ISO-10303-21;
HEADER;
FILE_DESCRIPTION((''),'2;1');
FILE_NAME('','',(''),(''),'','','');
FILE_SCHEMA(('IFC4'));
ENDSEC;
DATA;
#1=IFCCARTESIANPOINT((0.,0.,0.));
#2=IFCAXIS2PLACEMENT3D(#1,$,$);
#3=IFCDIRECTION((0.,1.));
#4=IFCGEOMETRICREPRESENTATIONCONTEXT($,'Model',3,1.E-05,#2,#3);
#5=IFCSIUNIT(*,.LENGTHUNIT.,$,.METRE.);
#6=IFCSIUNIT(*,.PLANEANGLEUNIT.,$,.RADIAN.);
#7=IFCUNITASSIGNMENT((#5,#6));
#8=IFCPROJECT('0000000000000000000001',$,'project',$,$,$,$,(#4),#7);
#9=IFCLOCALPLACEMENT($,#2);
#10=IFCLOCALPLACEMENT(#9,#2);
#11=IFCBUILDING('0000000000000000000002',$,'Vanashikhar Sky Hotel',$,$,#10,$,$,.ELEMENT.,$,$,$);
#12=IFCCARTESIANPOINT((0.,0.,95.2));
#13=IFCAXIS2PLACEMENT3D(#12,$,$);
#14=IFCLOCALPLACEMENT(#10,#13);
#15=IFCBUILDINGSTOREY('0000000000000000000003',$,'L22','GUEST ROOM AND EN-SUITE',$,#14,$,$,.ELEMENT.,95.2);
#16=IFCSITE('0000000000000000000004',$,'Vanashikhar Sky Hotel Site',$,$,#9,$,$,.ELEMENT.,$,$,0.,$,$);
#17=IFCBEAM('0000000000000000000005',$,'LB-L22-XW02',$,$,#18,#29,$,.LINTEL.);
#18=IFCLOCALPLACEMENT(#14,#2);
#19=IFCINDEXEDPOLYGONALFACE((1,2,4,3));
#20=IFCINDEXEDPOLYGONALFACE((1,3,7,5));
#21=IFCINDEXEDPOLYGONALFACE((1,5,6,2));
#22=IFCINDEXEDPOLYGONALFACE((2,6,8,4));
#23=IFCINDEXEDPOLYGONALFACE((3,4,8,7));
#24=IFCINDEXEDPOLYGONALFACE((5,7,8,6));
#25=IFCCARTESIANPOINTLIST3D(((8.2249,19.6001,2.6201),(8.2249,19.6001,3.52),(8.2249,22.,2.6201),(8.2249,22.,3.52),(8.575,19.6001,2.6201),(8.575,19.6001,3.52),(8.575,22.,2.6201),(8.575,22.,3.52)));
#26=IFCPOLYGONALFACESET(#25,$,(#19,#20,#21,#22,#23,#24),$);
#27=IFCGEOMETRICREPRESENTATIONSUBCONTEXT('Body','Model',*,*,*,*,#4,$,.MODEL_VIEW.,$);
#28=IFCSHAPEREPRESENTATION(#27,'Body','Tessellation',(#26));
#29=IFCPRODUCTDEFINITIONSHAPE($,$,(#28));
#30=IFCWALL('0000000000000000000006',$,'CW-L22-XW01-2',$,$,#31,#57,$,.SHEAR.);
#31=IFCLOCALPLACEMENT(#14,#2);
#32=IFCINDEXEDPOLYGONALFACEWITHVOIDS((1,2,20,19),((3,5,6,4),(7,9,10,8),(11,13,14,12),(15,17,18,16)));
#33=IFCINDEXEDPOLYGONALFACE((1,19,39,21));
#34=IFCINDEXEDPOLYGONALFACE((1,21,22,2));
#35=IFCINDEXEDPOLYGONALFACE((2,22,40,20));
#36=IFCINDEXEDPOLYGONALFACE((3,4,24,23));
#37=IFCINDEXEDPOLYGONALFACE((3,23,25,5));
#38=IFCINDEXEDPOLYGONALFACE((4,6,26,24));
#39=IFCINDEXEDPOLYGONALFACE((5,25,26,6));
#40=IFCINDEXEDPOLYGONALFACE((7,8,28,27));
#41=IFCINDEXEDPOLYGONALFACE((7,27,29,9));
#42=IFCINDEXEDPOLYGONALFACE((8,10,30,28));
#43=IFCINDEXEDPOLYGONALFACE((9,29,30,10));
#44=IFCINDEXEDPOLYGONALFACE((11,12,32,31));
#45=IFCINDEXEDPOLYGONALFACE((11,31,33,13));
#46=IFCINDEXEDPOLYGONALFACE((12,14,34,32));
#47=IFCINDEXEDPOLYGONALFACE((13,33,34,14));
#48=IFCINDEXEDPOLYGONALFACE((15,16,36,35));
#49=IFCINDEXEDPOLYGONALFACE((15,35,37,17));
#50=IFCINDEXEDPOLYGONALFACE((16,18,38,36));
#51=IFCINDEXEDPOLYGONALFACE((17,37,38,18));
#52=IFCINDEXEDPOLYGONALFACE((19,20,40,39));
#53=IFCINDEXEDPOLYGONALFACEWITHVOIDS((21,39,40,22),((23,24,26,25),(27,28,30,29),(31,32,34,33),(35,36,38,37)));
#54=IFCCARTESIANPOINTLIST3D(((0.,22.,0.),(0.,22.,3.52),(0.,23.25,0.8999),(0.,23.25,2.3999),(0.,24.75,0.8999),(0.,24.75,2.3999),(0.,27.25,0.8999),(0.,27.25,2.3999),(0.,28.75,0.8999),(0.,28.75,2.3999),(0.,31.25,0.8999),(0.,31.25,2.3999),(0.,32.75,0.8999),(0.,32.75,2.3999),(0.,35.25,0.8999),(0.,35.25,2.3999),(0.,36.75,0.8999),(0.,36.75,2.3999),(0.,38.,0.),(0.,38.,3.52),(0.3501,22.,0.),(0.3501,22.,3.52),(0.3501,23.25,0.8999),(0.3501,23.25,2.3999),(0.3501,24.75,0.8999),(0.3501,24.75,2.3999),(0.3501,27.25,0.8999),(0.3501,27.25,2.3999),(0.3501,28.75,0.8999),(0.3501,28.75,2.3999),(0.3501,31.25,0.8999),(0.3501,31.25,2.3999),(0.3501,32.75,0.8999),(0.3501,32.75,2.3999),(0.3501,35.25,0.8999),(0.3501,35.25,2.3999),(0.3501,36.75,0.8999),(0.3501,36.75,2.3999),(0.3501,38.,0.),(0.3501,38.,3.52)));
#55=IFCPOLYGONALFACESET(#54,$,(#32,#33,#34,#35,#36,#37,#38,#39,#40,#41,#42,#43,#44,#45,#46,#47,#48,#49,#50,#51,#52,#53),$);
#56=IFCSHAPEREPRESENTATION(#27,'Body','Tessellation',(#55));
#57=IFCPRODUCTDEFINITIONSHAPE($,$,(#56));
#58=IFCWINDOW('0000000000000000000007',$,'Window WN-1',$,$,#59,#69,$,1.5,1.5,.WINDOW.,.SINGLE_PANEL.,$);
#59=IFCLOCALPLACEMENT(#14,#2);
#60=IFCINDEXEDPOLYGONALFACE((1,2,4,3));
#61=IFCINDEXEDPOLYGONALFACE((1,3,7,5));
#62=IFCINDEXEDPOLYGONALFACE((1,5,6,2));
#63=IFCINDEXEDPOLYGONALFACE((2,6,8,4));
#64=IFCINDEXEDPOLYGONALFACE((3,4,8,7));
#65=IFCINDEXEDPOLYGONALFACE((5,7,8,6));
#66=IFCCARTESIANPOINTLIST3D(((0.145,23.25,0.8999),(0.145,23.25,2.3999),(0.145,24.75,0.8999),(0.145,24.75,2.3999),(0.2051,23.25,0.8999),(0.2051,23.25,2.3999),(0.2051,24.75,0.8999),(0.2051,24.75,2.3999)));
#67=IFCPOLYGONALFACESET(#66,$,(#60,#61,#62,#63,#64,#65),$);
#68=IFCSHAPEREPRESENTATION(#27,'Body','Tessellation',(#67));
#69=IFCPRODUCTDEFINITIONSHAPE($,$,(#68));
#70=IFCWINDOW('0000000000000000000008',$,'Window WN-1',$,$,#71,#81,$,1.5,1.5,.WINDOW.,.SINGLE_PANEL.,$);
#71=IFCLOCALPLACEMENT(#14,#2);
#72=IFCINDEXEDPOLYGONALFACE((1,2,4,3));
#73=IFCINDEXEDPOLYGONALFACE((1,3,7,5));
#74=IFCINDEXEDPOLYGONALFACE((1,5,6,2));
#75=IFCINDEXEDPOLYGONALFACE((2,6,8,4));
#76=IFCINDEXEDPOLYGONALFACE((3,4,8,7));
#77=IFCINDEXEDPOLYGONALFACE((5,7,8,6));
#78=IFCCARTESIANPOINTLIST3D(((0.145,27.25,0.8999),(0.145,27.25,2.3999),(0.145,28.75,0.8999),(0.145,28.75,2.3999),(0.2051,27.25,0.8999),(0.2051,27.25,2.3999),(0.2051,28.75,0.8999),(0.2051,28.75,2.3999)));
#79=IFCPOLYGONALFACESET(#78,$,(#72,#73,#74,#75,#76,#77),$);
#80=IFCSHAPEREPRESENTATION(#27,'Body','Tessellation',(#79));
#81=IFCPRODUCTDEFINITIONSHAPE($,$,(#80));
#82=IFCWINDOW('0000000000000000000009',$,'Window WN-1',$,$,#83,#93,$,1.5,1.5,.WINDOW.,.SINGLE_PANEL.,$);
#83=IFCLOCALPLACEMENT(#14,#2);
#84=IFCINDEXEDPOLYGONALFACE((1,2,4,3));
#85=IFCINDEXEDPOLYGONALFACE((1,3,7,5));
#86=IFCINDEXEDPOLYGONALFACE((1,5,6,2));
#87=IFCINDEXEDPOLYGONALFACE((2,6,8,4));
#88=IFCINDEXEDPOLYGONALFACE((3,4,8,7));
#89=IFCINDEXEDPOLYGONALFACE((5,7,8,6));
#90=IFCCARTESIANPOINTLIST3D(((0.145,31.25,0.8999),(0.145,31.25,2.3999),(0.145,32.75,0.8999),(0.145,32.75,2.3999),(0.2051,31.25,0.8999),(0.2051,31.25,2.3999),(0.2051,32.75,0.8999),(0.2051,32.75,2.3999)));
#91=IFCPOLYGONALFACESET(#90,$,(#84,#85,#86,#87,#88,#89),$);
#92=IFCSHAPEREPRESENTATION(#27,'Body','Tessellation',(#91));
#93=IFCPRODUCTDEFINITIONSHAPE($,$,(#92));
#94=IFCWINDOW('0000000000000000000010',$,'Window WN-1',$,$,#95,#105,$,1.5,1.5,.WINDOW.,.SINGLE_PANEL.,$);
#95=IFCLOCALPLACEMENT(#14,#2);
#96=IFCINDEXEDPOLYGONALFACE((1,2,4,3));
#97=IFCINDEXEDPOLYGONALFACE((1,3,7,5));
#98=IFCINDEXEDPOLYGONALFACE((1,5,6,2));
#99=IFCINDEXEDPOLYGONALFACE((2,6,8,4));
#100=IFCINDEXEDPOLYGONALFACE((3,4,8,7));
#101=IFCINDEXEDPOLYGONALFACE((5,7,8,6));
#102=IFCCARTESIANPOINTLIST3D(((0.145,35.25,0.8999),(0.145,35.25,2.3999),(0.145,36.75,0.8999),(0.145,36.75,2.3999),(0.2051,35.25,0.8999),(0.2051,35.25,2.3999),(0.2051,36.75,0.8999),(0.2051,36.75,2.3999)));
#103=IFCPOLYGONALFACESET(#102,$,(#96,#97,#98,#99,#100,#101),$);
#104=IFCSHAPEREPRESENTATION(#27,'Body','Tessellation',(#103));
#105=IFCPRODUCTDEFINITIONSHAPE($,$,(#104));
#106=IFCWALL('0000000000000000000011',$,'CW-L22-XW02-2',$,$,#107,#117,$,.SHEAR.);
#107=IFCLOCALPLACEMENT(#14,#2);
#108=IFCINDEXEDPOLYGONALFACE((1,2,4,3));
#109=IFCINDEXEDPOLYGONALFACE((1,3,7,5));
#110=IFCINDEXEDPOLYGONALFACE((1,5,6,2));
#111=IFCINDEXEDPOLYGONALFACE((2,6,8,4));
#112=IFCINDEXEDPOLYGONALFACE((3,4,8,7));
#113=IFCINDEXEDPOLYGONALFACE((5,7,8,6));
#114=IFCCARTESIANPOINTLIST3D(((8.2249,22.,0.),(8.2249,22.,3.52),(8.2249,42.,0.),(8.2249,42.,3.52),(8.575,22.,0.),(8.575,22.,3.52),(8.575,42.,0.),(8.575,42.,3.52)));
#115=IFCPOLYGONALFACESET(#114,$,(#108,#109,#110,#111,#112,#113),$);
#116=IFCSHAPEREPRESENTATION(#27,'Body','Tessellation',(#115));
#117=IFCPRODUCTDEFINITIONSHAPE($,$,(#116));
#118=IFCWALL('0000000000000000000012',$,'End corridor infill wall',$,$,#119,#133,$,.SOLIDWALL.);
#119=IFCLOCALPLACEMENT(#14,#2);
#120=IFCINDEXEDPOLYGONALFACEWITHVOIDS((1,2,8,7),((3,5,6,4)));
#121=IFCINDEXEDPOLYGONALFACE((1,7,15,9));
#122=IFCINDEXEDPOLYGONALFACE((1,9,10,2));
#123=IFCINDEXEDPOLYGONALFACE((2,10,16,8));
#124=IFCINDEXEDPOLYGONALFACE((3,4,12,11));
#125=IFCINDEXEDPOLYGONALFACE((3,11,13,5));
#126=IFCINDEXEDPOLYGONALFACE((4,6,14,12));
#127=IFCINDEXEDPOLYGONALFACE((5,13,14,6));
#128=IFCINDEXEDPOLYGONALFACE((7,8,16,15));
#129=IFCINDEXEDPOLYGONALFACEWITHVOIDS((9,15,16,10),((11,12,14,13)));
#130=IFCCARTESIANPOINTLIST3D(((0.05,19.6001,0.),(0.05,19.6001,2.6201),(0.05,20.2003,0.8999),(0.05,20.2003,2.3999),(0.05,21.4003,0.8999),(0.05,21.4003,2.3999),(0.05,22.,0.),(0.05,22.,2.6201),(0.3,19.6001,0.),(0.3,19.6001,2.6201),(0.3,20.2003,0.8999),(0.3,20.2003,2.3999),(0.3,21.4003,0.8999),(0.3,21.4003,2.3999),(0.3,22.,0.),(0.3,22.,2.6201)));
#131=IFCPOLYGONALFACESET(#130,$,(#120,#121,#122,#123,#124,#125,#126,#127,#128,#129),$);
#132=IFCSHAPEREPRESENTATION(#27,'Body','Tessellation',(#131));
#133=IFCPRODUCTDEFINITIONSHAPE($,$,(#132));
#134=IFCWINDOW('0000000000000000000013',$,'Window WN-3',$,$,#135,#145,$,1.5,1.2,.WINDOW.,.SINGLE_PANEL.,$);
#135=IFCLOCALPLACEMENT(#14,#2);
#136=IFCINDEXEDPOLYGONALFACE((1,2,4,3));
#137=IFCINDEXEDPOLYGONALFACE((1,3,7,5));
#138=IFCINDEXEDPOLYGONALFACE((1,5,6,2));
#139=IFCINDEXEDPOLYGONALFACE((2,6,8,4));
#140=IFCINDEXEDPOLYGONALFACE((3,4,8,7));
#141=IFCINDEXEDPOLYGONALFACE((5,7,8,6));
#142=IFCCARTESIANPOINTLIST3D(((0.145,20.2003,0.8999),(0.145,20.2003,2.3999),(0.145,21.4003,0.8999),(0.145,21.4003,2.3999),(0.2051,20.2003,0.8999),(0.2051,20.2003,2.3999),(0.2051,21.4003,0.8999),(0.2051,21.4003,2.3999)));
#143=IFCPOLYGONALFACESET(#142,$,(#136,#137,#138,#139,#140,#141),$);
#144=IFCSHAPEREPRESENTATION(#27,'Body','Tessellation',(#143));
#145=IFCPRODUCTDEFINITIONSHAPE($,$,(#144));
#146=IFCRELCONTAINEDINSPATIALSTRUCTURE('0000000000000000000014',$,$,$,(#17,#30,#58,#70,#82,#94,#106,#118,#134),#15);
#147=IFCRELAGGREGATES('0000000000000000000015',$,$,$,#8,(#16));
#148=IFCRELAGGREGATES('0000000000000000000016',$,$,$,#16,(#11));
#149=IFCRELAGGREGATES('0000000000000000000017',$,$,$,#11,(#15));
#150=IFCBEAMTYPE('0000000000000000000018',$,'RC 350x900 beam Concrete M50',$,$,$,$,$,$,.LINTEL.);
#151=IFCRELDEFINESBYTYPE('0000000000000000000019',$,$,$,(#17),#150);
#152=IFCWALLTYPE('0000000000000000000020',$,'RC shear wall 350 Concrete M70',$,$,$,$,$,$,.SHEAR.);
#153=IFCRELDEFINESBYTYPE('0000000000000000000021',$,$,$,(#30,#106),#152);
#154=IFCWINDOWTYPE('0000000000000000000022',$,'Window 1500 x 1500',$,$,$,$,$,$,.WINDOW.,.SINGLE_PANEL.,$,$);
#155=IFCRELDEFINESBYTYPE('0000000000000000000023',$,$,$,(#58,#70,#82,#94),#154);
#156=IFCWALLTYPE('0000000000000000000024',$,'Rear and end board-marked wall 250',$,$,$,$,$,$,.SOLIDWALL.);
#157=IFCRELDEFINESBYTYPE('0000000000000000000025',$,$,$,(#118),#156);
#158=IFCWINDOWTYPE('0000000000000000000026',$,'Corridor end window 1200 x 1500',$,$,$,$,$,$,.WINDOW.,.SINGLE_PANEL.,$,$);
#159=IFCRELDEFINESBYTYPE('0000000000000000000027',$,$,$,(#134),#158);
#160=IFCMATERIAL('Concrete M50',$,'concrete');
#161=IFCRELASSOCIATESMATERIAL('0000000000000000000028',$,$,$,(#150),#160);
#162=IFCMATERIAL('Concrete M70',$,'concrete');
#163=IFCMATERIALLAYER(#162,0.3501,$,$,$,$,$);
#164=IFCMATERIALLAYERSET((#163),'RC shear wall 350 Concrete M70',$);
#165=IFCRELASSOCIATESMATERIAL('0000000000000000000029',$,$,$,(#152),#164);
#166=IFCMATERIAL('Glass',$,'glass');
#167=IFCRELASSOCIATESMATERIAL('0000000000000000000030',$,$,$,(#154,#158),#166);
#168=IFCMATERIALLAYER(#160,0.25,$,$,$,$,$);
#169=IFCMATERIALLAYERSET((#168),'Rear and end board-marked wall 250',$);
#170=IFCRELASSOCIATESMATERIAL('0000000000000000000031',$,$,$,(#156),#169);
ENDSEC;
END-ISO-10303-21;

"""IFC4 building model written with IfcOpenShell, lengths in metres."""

from ifc_helpers import new_model, si_unit, direction, frame, frame_2d, origin, origin_2d, place, context, subcontext, project, spatial, rectangle, extrude, source, transform, mapped, material, layer, layer_set, material_profile, profile_set, type_object, element, fill, save


model = new_model("IFC4")

# Units and contexts
model_context = context("Model", 3, precision=1e-05, world=origin(), true_north=direction((0.0, 1.0)))
body_context = subcontext(model_context, "Body", "Model", "MODEL_VIEW")
ifc_project = project(units=[si_unit("LENGTHUNIT", "METRE"), si_unit("PLANEANGLEUNIT", "RADIAN")], contexts=[model_context])

# Site, building, storey
site_placement = place(None, origin())
site = spatial("IfcSite", under=ifc_project, at=site_placement, Name="Vanashikhar Sky Hotel Site", CompositionType="ELEMENT", RefElevation=0.0)
building_placement = place(site_placement, origin())
building = spatial("IfcBuilding", under=site, at=building_placement, Name="Vanashikhar Sky Hotel", CompositionType="ELEMENT")
storey_placement = place(building_placement, frame((0.0, 0.0, 95.2)))
storey = spatial("IfcBuildingStorey", under=building, at=storey_placement, Name="L22", Description="GUEST ROOM AND EN-SUITE", CompositionType="ELEMENT", Elevation=95.2)

# Beam
ifc_material_1 = material(Name="Concrete M50", Category="concrete")
ifc_material_profile = material_profile(ifc_material_1, rectangle(XDim=0.3501, YDim=0.8999, at=origin_2d()))
ifc_profile_set = profile_set([ifc_material_profile], Name="RC 350x900 beam Concrete M50")
beam_type = type_object("IfcBeamType", Name="RC 350x900 beam Concrete M50", PredefinedType="LINTEL", material=ifc_profile_set)
shared_shape_1 = source(origin(), body_context, "Body", "SweptSolid", [
    extrude(rectangle(XDim=0.3501, YDim=0.8999, at=origin_2d()), origin(), (0.0, 0.0, 1.0), 2.3999),
])
beam_placement = place(storey_placement, frame((8.3999, 19.6001, 3.0701), z_axis=(0.0, 1.0, 0.0), x_axis=(-1.0, 0.0, 0.0)))
element("IfcBeam", 1, at=beam_placement, inside=storey, type_object=beam_type, Name="LB-L22-XW02", PredefinedType="LINTEL", context=body_context, shape_type="MappedRepresentation", body=[
    mapped(shared_shape_1, transform((0.0, 0.0, 0.0), scale=1.0)),
])

# Wall, openings, windows
ifc_material_2 = material(Name="Concrete M70", Category="concrete")
ifc_layer_1 = layer(ifc_material_2, 0.3501)
ifc_layer_set_1 = layer_set([ifc_layer_1], Name="RC shear wall 350 Concrete M70")
wall_type_1 = type_object("IfcWallType", Name="RC shear wall 350 Concrete M70", PredefinedType="SHEAR", material=ifc_layer_set_1)
shared_shape_2 = source(origin(), body_context, "Body", "SweptSolid", [
    extrude(rectangle(XDim=16.0, YDim=0.3501, at=frame_2d((8.0, 0.0))), origin(), (0.0, 0.0, 1.0), 3.52),
])
wall_1_placement = place(storey_placement, frame((0.175, 22.0, 0.0), z_axis=(0.0, 0.0, 1.0), x_axis=(0.0, 1.0, 0.0)))
wall_1 = element("IfcWall", 2, at=wall_1_placement, inside=storey, type_object=wall_type_1, Name="CW-L22-XW01-2", PredefinedType="SHEAR", context=body_context, shape_type="MappedRepresentation", body=[
    mapped(shared_shape_2, transform((0.0, 0.0, 0.0), scale=1.0)),
])
shared_shape_3 = source(origin(), body_context, "Body", "SweptSolid", [
    extrude(rectangle(XDim=1.5, YDim=1.5, at=frame_2d((0.75, 0.75))), frame((0.0, 0.1851, 0.0), z_axis=(0.0, -1.0, 0.0), x_axis=(1.0, 0.0, 0.0)), (0.0, 0.0, 1.0), 0.3701),
])
opening_1_placement = place(wall_1_placement, frame((1.25, 0.0, 0.8999)))
opening_1 = element("IfcOpeningElement", 3, at=opening_1_placement, cuts=wall_1, PredefinedType="OPENING", context=body_context, shape_type="MappedRepresentation", body=[
    mapped(shared_shape_3, transform((0.0, 0.0, 0.0), scale=1.0)),
])
opening_2_placement = place(wall_1_placement, frame((5.25, 0.0, 0.8999)))
opening_2 = element("IfcOpeningElement", 4, at=opening_2_placement, cuts=wall_1, PredefinedType="OPENING", context=body_context, shape_type="MappedRepresentation", body=[
    mapped(shared_shape_3, transform((0.0, 0.0, 0.0), scale=1.0)),
])
opening_3_placement = place(wall_1_placement, frame((9.25, 0.0, 0.8999)))
opening_3 = element("IfcOpeningElement", 5, at=opening_3_placement, cuts=wall_1, PredefinedType="OPENING", context=body_context, shape_type="MappedRepresentation", body=[
    mapped(shared_shape_3, transform((0.0, 0.0, 0.0), scale=1.0)),
])
opening_4_placement = place(wall_1_placement, frame((13.25, 0.0, 0.8999)))
opening_4 = element("IfcOpeningElement", 6, at=opening_4_placement, cuts=wall_1, PredefinedType="OPENING", context=body_context, shape_type="MappedRepresentation", body=[
    mapped(shared_shape_3, transform((0.0, 0.0, 0.0), scale=1.0)),
])
ifc_material_3 = material(Name="Glass", Category="glass")
window_type_1 = type_object("IfcWindowType", Name="Window 1500 x 1500", PartitioningType="SINGLE_PANEL", PredefinedType="WINDOW", material=ifc_material_3)
shared_shape_4 = source(origin(), body_context, "Body", "SweptSolid", [
    extrude(rectangle(XDim=1.5, YDim=1.5, at=frame_2d((0.75, 0.75))), frame((0.0, 0.03, 0.0), z_axis=(0.0, -1.0, 0.0), x_axis=(1.0, 0.0, 0.0)), (0.0, 0.0, 1.0), 0.0601),
])
window_1_placement = place(opening_1_placement, origin())
window_1 = element("IfcWindow", 7, at=window_1_placement, inside=storey, type_object=window_type_1, Name="Window WN-1", OverallHeight=1.5, OverallWidth=1.5, PartitioningType="SINGLE_PANEL", PredefinedType="WINDOW", context=body_context, shape_type="MappedRepresentation", body=[
    mapped(shared_shape_4, transform((0.0, 0.0, 0.0), scale=1.0)),
])
fill(opening_1, window_1)
window_2_placement = place(opening_2_placement, origin())
window_2 = element("IfcWindow", 8, at=window_2_placement, inside=storey, type_object=window_type_1, Name="Window WN-1", OverallHeight=1.5, OverallWidth=1.5, PartitioningType="SINGLE_PANEL", PredefinedType="WINDOW", context=body_context, shape_type="MappedRepresentation", body=[
    mapped(shared_shape_4, transform((0.0, 0.0, 0.0), scale=1.0)),
])
fill(opening_2, window_2)
window_3_placement = place(opening_3_placement, origin())
window_3 = element("IfcWindow", 9, at=window_3_placement, inside=storey, type_object=window_type_1, Name="Window WN-1", OverallHeight=1.5, OverallWidth=1.5, PartitioningType="SINGLE_PANEL", PredefinedType="WINDOW", context=body_context, shape_type="MappedRepresentation", body=[
    mapped(shared_shape_4, transform((0.0, 0.0, 0.0), scale=1.0)),
])
fill(opening_3, window_3)
window_4_placement = place(opening_4_placement, origin())
window_4 = element("IfcWindow", 10, at=window_4_placement, inside=storey, type_object=window_type_1, Name="Window WN-1", OverallHeight=1.5, OverallWidth=1.5, PartitioningType="SINGLE_PANEL", PredefinedType="WINDOW", context=body_context, shape_type="MappedRepresentation", body=[
    mapped(shared_shape_4, transform((0.0, 0.0, 0.0), scale=1.0)),
])
fill(opening_4, window_4)

# Wall
shared_shape_5 = source(origin(), body_context, "Body", "SweptSolid", [
    extrude(rectangle(XDim=20.0, YDim=0.3501, at=frame_2d((10.0, 0.0))), origin(), (0.0, 0.0, 1.0), 3.52),
])
wall_2_placement = place(storey_placement, frame((8.3999, 22.0, 0.0), z_axis=(0.0, 0.0, 1.0), x_axis=(0.0, 1.0, 0.0)))
element("IfcWall", 11, at=wall_2_placement, inside=storey, type_object=wall_type_1, Name="CW-L22-XW02-2", PredefinedType="SHEAR", context=body_context, shape_type="MappedRepresentation", body=[
    mapped(shared_shape_5, transform((0.0, 0.0, 0.0), scale=1.0)),
])

# Wall, opening, window
ifc_layer_2 = layer(ifc_material_1, 0.25)
ifc_layer_set_2 = layer_set([ifc_layer_2], Name="Rear and end board-marked wall 250")
wall_type_2 = type_object("IfcWallType", Name="Rear and end board-marked wall 250", PredefinedType="SOLIDWALL", material=ifc_layer_set_2)
shared_shape_6 = source(origin(), body_context, "Body", "SweptSolid", [
    extrude(rectangle(XDim=2.3999, YDim=0.25, at=frame_2d((1.2, 0.0))), origin(), (0.0, 0.0, 1.0), 2.6201),
])
wall_3_placement = place(storey_placement, frame((0.175, 19.6001, 0.0), z_axis=(0.0, 0.0, 1.0), x_axis=(0.0, 1.0, 0.0)))
wall_3 = element("IfcWall", 12, at=wall_3_placement, inside=storey, type_object=wall_type_2, Name="End corridor infill wall", PredefinedType="SOLIDWALL", context=body_context, shape_type="MappedRepresentation", body=[
    mapped(shared_shape_6, transform((0.0, 0.0, 0.0), scale=1.0)),
])
shared_shape_7 = source(origin(), body_context, "Body", "SweptSolid", [
    extrude(rectangle(XDim=1.2, YDim=1.5, at=frame_2d((0.6001, 0.75))), frame((0.0, 0.135, 0.0), z_axis=(0.0, -1.0, 0.0), x_axis=(1.0, 0.0, 0.0)), (0.0, 0.0, 1.0), 0.27),
])
opening_5_placement = place(wall_3_placement, frame((0.6001, 0.0, 0.8999)))
opening_5 = element("IfcOpeningElement", 13, at=opening_5_placement, cuts=wall_3, PredefinedType="OPENING", context=body_context, shape_type="MappedRepresentation", body=[
    mapped(shared_shape_7, transform((0.0, 0.0, 0.0), scale=1.0)),
])
window_type_2 = type_object("IfcWindowType", Name="Corridor end window 1200 x 1500", PartitioningType="SINGLE_PANEL", PredefinedType="WINDOW", material=ifc_material_3)
shared_shape_8 = source(origin(), body_context, "Body", "SweptSolid", [
    extrude(rectangle(XDim=1.2, YDim=1.5, at=frame_2d((0.6001, 0.75))), frame((0.0, 0.03, 0.0), z_axis=(0.0, -1.0, 0.0), x_axis=(1.0, 0.0, 0.0)), (0.0, 0.0, 1.0), 0.0601),
])
window_5_placement = place(opening_5_placement, origin())
window_5 = element("IfcWindow", 14, at=window_5_placement, inside=storey, type_object=window_type_2, Name="Window WN-3", OverallHeight=1.5, OverallWidth=1.2, PartitioningType="SINGLE_PANEL", PredefinedType="WINDOW", context=body_context, shape_type="MappedRepresentation", body=[
    mapped(shared_shape_8, transform((0.0, 0.0, 0.0), scale=1.0)),
])
fill(opening_5, window_5)

save(model, "model.ifc")
